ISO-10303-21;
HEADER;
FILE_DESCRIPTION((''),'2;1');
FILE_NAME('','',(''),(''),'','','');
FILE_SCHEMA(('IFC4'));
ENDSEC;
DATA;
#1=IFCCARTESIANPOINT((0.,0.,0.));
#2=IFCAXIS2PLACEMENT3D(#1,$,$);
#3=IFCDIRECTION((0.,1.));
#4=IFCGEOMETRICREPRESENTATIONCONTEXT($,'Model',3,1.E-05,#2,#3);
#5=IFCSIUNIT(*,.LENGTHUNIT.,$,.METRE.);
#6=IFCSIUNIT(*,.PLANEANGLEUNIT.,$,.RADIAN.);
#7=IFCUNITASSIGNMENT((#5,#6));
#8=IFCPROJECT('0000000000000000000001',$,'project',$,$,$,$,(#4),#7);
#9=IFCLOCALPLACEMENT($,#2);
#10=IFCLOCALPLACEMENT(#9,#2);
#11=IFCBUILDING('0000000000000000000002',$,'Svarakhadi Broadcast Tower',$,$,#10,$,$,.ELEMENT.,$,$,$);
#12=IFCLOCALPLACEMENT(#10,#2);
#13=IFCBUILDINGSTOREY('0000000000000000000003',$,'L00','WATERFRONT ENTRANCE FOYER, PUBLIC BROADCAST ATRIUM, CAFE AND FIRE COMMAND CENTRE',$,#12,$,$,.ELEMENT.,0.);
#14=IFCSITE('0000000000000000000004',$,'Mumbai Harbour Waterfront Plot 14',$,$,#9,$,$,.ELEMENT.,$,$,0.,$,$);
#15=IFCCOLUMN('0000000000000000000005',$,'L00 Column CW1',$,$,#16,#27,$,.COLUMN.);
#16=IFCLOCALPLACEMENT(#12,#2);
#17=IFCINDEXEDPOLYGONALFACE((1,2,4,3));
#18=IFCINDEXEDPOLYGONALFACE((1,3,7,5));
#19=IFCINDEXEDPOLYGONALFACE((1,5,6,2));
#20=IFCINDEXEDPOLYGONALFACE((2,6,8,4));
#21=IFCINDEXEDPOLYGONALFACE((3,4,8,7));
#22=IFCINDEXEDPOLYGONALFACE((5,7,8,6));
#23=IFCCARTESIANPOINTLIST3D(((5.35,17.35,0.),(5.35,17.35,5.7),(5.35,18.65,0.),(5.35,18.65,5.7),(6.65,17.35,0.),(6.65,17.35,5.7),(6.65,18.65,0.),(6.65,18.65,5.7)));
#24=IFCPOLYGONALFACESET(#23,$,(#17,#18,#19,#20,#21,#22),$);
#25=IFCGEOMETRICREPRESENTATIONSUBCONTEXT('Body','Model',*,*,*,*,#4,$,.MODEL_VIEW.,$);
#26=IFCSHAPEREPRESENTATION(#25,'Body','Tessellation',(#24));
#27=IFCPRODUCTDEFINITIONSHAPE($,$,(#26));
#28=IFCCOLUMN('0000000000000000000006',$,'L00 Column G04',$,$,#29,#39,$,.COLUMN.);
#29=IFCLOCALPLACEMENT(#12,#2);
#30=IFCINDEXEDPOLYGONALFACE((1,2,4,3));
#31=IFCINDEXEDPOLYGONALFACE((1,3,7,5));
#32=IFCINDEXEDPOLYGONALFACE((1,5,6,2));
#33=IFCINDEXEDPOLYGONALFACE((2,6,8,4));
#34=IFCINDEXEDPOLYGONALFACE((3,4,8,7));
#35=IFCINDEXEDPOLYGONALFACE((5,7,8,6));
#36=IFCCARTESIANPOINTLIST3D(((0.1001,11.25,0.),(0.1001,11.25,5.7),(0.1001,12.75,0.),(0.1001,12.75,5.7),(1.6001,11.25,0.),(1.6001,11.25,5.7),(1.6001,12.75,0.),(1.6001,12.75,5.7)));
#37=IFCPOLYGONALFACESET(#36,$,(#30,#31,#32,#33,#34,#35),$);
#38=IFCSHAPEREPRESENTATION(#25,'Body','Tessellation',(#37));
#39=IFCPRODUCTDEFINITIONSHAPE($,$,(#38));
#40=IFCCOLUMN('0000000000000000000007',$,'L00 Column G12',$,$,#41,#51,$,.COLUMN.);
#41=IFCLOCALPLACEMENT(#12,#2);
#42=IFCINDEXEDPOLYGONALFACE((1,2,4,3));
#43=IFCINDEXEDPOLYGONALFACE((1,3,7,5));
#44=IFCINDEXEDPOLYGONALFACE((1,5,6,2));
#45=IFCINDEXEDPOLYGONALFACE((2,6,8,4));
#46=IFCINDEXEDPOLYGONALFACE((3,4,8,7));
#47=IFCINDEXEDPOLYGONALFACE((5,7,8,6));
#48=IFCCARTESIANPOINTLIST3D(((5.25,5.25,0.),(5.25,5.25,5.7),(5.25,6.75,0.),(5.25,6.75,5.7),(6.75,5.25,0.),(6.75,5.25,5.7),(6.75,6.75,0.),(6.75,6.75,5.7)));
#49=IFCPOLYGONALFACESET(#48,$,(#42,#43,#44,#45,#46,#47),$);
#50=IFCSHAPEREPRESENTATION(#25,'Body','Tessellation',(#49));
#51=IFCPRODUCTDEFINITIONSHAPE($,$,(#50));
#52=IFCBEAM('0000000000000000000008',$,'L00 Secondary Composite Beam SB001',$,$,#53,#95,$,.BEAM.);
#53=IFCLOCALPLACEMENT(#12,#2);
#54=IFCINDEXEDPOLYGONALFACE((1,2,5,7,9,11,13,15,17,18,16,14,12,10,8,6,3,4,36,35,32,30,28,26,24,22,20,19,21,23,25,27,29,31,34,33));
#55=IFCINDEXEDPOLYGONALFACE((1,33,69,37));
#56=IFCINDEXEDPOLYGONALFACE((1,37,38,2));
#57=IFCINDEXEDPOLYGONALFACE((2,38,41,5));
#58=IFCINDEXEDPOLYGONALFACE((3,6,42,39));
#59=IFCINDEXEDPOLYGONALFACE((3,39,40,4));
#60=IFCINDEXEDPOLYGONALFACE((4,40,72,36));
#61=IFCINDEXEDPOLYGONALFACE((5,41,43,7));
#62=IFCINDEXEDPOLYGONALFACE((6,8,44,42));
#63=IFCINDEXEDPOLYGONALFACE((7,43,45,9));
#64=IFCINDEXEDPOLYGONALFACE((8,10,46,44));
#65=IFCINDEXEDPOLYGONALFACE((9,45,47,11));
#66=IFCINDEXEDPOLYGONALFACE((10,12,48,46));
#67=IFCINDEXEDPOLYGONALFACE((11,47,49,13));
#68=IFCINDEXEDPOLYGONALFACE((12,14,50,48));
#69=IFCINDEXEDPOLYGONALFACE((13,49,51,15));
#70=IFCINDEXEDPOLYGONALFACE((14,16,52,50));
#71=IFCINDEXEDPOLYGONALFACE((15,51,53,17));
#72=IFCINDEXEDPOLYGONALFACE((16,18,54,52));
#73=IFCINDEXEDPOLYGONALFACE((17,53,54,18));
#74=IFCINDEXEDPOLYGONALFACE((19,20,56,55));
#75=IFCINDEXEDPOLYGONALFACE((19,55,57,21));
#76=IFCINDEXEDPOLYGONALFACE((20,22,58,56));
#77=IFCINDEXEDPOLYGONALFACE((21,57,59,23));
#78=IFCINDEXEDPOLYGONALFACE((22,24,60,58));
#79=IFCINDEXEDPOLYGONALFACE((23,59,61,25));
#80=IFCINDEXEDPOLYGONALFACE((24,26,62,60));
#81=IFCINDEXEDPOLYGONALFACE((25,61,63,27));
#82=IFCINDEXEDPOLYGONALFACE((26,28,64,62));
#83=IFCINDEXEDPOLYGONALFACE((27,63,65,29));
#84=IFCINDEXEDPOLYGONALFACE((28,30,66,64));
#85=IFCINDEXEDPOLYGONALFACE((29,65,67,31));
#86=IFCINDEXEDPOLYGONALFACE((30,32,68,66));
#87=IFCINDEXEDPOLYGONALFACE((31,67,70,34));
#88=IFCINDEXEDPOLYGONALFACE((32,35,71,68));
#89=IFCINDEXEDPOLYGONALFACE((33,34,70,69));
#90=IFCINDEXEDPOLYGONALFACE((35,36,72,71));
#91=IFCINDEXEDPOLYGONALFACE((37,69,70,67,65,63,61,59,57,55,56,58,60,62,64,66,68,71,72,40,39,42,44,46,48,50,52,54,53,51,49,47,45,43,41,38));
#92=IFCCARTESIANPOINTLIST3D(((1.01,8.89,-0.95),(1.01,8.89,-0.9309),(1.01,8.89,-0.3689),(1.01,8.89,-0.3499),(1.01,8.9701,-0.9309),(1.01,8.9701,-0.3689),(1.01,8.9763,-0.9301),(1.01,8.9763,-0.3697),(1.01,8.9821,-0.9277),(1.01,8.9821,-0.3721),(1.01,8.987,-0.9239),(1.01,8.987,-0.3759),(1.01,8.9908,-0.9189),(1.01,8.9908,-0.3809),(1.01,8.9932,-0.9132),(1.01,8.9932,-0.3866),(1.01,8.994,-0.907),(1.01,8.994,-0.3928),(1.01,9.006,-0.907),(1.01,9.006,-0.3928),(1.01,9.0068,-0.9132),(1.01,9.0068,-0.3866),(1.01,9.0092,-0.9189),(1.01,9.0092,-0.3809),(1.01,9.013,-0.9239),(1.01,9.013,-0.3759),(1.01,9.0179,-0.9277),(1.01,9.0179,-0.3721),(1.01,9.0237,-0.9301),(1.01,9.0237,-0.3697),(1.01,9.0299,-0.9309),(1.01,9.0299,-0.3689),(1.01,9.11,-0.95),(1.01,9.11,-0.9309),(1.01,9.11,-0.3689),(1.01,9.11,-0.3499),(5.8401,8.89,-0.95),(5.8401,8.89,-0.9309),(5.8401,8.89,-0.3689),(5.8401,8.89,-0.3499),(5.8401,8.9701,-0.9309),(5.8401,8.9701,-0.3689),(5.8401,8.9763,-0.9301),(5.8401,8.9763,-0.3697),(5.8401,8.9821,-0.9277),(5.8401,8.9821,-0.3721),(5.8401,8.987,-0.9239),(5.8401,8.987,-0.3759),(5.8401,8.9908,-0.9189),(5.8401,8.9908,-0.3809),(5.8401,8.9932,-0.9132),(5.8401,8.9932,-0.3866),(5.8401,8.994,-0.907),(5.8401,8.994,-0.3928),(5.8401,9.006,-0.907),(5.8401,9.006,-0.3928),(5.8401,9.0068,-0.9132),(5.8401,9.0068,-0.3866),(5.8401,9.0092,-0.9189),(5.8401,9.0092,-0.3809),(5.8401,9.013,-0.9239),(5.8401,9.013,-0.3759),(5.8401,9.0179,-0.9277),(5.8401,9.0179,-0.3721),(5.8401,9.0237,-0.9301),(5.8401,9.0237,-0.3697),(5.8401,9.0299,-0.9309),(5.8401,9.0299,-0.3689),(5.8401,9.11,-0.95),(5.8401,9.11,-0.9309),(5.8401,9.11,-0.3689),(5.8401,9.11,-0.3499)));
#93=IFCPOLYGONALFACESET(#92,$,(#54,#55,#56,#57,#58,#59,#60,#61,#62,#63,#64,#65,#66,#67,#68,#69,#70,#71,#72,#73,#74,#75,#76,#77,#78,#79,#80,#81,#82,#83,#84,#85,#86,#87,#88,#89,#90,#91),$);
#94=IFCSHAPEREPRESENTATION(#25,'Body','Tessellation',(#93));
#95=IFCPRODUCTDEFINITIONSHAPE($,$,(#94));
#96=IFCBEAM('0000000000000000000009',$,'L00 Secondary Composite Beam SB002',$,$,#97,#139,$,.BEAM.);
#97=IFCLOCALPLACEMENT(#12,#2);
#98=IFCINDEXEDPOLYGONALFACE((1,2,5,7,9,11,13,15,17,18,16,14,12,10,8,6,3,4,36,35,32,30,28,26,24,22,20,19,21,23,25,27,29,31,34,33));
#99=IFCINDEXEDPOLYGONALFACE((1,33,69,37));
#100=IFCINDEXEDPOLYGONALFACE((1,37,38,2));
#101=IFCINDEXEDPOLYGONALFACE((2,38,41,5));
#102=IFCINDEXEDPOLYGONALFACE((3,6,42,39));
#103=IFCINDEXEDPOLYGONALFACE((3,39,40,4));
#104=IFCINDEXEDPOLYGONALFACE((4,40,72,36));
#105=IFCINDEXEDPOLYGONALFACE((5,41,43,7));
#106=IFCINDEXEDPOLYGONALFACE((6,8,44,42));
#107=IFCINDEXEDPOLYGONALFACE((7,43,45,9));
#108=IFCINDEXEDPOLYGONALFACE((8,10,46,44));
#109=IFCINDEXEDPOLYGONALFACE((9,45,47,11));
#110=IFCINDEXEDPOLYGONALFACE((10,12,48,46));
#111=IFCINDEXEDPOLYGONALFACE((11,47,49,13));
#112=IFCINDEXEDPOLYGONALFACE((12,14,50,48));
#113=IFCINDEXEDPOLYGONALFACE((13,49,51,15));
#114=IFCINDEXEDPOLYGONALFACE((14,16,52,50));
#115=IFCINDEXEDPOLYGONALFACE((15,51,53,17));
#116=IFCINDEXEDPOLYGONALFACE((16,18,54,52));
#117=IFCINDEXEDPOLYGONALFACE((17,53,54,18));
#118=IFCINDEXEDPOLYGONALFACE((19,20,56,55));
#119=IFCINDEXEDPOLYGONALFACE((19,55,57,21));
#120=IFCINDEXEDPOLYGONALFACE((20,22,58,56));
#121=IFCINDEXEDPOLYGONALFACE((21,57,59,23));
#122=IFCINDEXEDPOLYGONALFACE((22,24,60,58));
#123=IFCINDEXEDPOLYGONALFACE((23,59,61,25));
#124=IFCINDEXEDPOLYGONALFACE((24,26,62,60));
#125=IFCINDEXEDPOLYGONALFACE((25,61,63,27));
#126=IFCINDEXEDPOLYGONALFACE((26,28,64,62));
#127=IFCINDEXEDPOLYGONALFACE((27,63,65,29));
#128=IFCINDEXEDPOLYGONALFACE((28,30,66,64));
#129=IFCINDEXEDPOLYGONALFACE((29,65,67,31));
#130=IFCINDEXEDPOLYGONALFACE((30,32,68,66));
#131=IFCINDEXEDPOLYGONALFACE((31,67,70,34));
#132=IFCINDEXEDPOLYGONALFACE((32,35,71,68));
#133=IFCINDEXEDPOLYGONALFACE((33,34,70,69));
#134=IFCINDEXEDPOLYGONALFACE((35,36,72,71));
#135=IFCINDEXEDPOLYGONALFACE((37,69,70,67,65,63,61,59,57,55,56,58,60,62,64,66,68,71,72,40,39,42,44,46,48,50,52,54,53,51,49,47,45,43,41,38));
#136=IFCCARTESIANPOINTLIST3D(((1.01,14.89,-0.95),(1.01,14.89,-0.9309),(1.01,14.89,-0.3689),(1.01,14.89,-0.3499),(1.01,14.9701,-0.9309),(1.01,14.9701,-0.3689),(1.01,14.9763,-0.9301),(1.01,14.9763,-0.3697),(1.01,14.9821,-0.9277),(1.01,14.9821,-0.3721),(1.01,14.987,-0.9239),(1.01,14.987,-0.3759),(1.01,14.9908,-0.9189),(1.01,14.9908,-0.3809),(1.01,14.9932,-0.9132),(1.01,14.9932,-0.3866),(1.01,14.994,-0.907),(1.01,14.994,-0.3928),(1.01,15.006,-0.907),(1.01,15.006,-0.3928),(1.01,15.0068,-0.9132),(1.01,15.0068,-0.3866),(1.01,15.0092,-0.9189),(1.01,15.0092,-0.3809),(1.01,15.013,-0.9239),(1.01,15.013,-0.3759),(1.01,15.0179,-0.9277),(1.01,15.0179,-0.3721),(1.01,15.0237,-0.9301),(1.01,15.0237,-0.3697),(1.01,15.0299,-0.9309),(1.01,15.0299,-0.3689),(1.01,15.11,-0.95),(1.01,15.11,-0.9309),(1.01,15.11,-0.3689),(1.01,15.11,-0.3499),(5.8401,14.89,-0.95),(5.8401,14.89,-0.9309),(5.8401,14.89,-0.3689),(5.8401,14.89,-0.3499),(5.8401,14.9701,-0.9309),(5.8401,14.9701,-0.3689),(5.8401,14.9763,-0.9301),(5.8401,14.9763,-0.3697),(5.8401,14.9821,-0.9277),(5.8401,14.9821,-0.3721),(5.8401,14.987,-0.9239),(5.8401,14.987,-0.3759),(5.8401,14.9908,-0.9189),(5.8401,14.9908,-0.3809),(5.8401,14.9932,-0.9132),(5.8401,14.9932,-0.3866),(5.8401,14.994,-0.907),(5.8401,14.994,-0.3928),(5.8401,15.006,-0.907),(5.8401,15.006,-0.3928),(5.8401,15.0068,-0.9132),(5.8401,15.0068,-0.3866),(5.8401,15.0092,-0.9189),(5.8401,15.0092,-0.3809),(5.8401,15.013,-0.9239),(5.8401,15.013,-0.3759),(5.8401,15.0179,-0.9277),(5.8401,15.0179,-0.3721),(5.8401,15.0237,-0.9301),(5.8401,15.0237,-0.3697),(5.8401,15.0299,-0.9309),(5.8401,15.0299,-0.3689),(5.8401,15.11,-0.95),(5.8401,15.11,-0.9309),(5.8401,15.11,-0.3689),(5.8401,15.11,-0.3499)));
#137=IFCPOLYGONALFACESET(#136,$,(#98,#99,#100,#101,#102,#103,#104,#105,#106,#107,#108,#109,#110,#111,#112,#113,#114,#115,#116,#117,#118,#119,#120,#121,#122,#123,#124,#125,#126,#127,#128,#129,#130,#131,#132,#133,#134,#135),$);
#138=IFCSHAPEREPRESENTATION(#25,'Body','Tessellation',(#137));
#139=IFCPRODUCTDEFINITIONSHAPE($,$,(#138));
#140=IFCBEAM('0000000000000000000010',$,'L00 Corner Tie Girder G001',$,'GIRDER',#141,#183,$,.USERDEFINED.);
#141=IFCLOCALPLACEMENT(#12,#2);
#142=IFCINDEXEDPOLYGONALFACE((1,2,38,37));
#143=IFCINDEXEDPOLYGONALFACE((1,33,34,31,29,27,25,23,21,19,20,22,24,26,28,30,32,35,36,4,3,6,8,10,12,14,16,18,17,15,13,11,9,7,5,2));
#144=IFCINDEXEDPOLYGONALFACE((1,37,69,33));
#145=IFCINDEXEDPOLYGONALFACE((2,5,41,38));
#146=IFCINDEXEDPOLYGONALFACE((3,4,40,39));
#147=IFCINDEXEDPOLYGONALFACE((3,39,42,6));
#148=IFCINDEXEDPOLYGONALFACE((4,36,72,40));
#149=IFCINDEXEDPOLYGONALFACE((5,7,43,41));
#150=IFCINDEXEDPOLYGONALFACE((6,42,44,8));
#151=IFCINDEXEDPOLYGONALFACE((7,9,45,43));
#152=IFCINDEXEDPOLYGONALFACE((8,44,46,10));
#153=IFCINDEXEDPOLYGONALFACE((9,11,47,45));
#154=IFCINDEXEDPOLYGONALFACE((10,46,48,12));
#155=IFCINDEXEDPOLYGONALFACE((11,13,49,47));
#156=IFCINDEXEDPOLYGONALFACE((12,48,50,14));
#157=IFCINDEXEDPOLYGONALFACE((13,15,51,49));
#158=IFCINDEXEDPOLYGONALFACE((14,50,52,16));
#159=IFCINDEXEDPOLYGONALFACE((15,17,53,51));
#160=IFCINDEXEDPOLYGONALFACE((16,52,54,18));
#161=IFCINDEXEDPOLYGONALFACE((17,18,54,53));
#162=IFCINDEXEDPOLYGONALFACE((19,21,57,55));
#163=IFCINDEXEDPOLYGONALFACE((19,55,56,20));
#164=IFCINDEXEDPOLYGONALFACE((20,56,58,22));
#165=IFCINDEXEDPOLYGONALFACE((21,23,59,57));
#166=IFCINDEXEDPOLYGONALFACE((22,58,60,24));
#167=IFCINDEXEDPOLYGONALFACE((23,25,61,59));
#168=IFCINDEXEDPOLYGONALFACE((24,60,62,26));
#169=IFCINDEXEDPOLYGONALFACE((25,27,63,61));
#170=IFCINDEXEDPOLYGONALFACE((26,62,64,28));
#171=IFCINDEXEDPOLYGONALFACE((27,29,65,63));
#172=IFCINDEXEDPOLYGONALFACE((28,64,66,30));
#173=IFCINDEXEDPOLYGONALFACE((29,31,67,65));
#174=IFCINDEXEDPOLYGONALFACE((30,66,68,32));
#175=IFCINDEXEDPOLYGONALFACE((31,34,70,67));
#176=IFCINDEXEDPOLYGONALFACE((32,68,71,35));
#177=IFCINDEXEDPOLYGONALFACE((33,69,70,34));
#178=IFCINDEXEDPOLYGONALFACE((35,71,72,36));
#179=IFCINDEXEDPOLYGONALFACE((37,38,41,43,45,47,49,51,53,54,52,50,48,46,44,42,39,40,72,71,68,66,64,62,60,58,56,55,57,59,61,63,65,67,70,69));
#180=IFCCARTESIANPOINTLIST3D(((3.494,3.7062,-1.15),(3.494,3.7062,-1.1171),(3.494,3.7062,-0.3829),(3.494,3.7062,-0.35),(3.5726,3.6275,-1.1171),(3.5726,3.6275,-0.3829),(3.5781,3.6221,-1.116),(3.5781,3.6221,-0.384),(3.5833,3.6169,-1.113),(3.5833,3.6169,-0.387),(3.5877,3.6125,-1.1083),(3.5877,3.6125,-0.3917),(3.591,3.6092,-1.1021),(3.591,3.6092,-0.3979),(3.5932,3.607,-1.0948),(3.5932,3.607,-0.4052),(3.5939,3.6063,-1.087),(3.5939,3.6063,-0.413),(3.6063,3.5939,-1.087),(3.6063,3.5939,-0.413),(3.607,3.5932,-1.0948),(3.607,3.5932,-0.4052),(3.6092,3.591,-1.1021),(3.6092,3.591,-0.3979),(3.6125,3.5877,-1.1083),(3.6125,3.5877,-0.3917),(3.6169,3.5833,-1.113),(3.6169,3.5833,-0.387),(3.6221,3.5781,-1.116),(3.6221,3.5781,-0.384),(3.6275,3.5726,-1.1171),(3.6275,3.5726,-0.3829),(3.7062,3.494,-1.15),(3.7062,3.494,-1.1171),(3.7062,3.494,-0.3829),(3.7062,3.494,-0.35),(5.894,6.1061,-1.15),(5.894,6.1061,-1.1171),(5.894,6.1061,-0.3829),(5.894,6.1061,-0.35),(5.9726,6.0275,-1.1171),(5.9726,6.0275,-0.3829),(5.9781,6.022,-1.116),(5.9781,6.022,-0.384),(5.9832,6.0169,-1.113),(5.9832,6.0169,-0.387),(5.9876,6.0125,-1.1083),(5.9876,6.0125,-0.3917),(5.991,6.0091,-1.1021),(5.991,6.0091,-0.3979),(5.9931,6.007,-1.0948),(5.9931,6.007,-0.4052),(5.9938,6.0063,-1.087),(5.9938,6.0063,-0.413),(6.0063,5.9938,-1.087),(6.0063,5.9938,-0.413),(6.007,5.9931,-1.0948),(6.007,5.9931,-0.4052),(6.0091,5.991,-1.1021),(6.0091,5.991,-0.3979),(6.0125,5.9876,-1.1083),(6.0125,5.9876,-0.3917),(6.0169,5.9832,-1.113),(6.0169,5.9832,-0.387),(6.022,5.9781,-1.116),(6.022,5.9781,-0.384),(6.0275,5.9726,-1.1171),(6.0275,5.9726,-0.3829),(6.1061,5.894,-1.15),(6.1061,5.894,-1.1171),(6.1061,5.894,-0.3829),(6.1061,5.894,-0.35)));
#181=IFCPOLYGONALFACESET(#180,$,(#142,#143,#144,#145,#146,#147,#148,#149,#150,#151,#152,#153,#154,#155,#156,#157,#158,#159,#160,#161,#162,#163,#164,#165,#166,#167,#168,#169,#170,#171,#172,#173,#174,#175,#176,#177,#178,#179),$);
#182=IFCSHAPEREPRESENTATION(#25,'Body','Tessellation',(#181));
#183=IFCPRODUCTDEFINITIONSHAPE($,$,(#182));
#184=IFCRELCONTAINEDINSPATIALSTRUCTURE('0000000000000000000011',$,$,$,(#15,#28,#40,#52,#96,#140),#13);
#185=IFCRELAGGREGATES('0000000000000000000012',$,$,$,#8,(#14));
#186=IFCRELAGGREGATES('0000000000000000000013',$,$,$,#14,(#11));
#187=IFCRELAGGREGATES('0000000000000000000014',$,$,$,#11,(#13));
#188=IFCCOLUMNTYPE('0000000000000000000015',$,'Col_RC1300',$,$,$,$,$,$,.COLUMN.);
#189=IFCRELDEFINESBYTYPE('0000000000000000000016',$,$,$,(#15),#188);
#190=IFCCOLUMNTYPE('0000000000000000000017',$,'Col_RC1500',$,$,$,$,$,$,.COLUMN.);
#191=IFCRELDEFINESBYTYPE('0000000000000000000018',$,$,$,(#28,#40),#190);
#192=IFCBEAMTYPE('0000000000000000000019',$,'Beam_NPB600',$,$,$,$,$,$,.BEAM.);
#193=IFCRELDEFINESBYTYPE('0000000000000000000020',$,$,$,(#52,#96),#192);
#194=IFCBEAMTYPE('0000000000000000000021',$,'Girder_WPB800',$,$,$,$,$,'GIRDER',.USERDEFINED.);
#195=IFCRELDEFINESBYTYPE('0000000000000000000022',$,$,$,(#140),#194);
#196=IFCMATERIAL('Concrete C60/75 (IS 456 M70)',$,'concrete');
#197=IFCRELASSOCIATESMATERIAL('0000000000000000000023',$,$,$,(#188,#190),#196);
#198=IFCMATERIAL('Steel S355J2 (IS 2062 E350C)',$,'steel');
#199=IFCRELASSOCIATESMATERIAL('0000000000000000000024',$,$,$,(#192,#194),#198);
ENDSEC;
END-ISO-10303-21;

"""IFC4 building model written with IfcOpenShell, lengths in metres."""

from ifc_helpers import new_model, si_unit, direction, frame, origin, origin_2d, place, context, subcontext, project, spatial, rectangle, i_section, extrude, material, material_profile, profile_set, type_object, element, save


model = new_model("IFC4")

# Units and contexts
model_context = context("Model", 3, precision=1e-05, world=origin(), true_north=direction((0.0, 1.0)))
body_context = subcontext(model_context, "Body", "Model", "MODEL_VIEW")
ifc_project = project(units=[si_unit("LENGTHUNIT", "METRE"), si_unit("PLANEANGLEUNIT", "RADIAN")], contexts=[model_context])

# Site, building, storey
site_placement = place(None, origin())
site = spatial("IfcSite", under=ifc_project, at=site_placement, Name="Mumbai Harbour Waterfront Plot 14", CompositionType="ELEMENT", RefElevation=0.0)
building_placement = place(site_placement, origin())
building = spatial("IfcBuilding", under=site, at=building_placement, Name="Svarakhadi Broadcast Tower", CompositionType="ELEMENT")
storey_placement = place(building_placement, origin())
storey = spatial("IfcBuildingStorey", under=building, at=storey_placement, Name="L00", Description="WATERFRONT ENTRANCE FOYER, PUBLIC BROADCAST ATRIUM, CAFE AND FIRE COMMAND CENTRE", CompositionType="ELEMENT", Elevation=0.0)

# Columns
ifc_material_1 = material(Name="Concrete C60/75 (IS 456 M70)", Category="concrete")
ifc_material_profile_1 = material_profile(ifc_material_1, rectangle(XDim=1.3, YDim=1.3, at=origin_2d()), Name="RC 1300x1300")
ifc_profile_set_1 = profile_set([ifc_material_profile_1], Name="Concrete C60/75 (IS 456 M70)")
column_type_1 = type_object("IfcColumnType", Name="Col_RC1300", PredefinedType="COLUMN", material=ifc_profile_set_1)
column_placement = place(storey_placement, frame((6.0, 18.0, 0.0), z_axis=(0.0, 0.0, 1.0), x_axis=(1.0, 0.0, 0.0)))
element("IfcColumn", 1, at=column_placement, inside=storey, type_object=column_type_1, Name="L00 Column CW1", PredefinedType="COLUMN", context=body_context, shape_type="SweptSolid", body=[
    extrude(rectangle(XDim=1.3, YDim=1.3, at=origin_2d()), origin(), (0.0, 0.0, 1.0), 5.7),
])
ifc_material_profile_2 = material_profile(ifc_material_1, rectangle(XDim=1.5, YDim=1.5, at=origin_2d()), Name="RC 1500x1500")
ifc_profile_set_2 = profile_set([ifc_material_profile_2], Name="Concrete C60/75 (IS 456 M70)")
column_type_2 = type_object("IfcColumnType", Name="Col_RC1500", PredefinedType="COLUMN", material=ifc_profile_set_2)
for number, where, z_axis, x_axis, name in (
    (2, (0.8501, 12.0, 0.0), (0.0, 0.0, 1.0), (1.0, 0.0, 0.0), "L00 Column G04"),
    (3, (6.0, 6.0, 0.0), (0.0, 0.0, 1.0), (1.0, 0.0, 0.0), "L00 Column G12"),
):
    element("IfcColumn", number, at=place(storey_placement, frame(where, z_axis=z_axis, x_axis=x_axis)), inside=storey, type_object=column_type_2, Name=name, PredefinedType="COLUMN", context=body_context, shape_type="SweptSolid", body=[
        extrude(rectangle(XDim=1.5, YDim=1.5, at=origin_2d()), origin(), (0.0, 0.0, 1.0), 5.7),
    ])

# Beams
ifc_material_2 = material(Name="Steel S355J2 (IS 2062 E350C)", Category="steel")
ifc_material_profile_3 = material_profile(ifc_material_2, i_section(OverallWidth=0.22, OverallDepth=0.6001, WebThickness=0.012, FlangeThickness=0.019, FilletRadius=0.0239, at=origin_2d()), Name="NPB 600x220x122")
ifc_profile_set_3 = profile_set([ifc_material_profile_3], Name="Steel S355J2 (IS 2062 E350C)")
beam_type_1 = type_object("IfcBeamType", Name="Beam_NPB600", PredefinedType="BEAM", material=ifc_profile_set_3)
for number, where, z_axis, x_axis, name in (
    (4, (1.01, 9.0, -0.6499), (1.0, 0.0, 0.0), (0.0, 1.0, 0.0), "L00 Secondary Composite Beam SB001"),
    (5, (1.01, 15.0, -0.6499), (1.0, 0.0, 0.0), (0.0, 1.0, 0.0), "L00 Secondary Composite Beam SB002"),
):
    element("IfcBeam", number, at=place(storey_placement, frame(where, z_axis=z_axis, x_axis=x_axis)), inside=storey, type_object=beam_type_1, Name=name, PredefinedType="BEAM", context=body_context, shape_type="SweptSolid", body=[
        extrude(i_section(OverallWidth=0.22, OverallDepth=0.6001, WebThickness=0.012, FlangeThickness=0.019, FilletRadius=0.0239, at=origin_2d()), origin(), (0.0, 0.0, 1.0), 4.8301),
    ])
ifc_material_profile_4 = material_profile(ifc_material_2, i_section(OverallWidth=0.3, OverallDepth=0.8, WebThickness=0.0176, FlangeThickness=0.033, FilletRadius=0.03, at=origin_2d()), Name="WPB 800x300x262")
ifc_profile_set_4 = profile_set([ifc_material_profile_4], Name="Steel S355J2 (IS 2062 E350C)")
beam_type_2 = type_object("IfcBeamType", Name="Girder_WPB800", ElementType="GIRDER", PredefinedType="USERDEFINED", material=ifc_profile_set_4)
beam_1_placement = place(storey_placement, frame((3.6001, 3.6001, -0.75), z_axis=(0.707107, 0.707107, 0.0), x_axis=(-0.707107, 0.707107, 0.0)))
element("IfcBeam", 6, at=beam_1_placement, inside=storey, type_object=beam_type_2, Name="L00 Corner Tie Girder G001", ObjectType="GIRDER", PredefinedType="USERDEFINED", context=body_context, shape_type="SweptSolid", body=[
    extrude(i_section(OverallWidth=0.3, OverallDepth=0.8, WebThickness=0.0176, FlangeThickness=0.033, FilletRadius=0.03, at=origin_2d()), origin(), (0.0, 0.0, 1.0), 3.394),
])

save(model, "model.ifc")
